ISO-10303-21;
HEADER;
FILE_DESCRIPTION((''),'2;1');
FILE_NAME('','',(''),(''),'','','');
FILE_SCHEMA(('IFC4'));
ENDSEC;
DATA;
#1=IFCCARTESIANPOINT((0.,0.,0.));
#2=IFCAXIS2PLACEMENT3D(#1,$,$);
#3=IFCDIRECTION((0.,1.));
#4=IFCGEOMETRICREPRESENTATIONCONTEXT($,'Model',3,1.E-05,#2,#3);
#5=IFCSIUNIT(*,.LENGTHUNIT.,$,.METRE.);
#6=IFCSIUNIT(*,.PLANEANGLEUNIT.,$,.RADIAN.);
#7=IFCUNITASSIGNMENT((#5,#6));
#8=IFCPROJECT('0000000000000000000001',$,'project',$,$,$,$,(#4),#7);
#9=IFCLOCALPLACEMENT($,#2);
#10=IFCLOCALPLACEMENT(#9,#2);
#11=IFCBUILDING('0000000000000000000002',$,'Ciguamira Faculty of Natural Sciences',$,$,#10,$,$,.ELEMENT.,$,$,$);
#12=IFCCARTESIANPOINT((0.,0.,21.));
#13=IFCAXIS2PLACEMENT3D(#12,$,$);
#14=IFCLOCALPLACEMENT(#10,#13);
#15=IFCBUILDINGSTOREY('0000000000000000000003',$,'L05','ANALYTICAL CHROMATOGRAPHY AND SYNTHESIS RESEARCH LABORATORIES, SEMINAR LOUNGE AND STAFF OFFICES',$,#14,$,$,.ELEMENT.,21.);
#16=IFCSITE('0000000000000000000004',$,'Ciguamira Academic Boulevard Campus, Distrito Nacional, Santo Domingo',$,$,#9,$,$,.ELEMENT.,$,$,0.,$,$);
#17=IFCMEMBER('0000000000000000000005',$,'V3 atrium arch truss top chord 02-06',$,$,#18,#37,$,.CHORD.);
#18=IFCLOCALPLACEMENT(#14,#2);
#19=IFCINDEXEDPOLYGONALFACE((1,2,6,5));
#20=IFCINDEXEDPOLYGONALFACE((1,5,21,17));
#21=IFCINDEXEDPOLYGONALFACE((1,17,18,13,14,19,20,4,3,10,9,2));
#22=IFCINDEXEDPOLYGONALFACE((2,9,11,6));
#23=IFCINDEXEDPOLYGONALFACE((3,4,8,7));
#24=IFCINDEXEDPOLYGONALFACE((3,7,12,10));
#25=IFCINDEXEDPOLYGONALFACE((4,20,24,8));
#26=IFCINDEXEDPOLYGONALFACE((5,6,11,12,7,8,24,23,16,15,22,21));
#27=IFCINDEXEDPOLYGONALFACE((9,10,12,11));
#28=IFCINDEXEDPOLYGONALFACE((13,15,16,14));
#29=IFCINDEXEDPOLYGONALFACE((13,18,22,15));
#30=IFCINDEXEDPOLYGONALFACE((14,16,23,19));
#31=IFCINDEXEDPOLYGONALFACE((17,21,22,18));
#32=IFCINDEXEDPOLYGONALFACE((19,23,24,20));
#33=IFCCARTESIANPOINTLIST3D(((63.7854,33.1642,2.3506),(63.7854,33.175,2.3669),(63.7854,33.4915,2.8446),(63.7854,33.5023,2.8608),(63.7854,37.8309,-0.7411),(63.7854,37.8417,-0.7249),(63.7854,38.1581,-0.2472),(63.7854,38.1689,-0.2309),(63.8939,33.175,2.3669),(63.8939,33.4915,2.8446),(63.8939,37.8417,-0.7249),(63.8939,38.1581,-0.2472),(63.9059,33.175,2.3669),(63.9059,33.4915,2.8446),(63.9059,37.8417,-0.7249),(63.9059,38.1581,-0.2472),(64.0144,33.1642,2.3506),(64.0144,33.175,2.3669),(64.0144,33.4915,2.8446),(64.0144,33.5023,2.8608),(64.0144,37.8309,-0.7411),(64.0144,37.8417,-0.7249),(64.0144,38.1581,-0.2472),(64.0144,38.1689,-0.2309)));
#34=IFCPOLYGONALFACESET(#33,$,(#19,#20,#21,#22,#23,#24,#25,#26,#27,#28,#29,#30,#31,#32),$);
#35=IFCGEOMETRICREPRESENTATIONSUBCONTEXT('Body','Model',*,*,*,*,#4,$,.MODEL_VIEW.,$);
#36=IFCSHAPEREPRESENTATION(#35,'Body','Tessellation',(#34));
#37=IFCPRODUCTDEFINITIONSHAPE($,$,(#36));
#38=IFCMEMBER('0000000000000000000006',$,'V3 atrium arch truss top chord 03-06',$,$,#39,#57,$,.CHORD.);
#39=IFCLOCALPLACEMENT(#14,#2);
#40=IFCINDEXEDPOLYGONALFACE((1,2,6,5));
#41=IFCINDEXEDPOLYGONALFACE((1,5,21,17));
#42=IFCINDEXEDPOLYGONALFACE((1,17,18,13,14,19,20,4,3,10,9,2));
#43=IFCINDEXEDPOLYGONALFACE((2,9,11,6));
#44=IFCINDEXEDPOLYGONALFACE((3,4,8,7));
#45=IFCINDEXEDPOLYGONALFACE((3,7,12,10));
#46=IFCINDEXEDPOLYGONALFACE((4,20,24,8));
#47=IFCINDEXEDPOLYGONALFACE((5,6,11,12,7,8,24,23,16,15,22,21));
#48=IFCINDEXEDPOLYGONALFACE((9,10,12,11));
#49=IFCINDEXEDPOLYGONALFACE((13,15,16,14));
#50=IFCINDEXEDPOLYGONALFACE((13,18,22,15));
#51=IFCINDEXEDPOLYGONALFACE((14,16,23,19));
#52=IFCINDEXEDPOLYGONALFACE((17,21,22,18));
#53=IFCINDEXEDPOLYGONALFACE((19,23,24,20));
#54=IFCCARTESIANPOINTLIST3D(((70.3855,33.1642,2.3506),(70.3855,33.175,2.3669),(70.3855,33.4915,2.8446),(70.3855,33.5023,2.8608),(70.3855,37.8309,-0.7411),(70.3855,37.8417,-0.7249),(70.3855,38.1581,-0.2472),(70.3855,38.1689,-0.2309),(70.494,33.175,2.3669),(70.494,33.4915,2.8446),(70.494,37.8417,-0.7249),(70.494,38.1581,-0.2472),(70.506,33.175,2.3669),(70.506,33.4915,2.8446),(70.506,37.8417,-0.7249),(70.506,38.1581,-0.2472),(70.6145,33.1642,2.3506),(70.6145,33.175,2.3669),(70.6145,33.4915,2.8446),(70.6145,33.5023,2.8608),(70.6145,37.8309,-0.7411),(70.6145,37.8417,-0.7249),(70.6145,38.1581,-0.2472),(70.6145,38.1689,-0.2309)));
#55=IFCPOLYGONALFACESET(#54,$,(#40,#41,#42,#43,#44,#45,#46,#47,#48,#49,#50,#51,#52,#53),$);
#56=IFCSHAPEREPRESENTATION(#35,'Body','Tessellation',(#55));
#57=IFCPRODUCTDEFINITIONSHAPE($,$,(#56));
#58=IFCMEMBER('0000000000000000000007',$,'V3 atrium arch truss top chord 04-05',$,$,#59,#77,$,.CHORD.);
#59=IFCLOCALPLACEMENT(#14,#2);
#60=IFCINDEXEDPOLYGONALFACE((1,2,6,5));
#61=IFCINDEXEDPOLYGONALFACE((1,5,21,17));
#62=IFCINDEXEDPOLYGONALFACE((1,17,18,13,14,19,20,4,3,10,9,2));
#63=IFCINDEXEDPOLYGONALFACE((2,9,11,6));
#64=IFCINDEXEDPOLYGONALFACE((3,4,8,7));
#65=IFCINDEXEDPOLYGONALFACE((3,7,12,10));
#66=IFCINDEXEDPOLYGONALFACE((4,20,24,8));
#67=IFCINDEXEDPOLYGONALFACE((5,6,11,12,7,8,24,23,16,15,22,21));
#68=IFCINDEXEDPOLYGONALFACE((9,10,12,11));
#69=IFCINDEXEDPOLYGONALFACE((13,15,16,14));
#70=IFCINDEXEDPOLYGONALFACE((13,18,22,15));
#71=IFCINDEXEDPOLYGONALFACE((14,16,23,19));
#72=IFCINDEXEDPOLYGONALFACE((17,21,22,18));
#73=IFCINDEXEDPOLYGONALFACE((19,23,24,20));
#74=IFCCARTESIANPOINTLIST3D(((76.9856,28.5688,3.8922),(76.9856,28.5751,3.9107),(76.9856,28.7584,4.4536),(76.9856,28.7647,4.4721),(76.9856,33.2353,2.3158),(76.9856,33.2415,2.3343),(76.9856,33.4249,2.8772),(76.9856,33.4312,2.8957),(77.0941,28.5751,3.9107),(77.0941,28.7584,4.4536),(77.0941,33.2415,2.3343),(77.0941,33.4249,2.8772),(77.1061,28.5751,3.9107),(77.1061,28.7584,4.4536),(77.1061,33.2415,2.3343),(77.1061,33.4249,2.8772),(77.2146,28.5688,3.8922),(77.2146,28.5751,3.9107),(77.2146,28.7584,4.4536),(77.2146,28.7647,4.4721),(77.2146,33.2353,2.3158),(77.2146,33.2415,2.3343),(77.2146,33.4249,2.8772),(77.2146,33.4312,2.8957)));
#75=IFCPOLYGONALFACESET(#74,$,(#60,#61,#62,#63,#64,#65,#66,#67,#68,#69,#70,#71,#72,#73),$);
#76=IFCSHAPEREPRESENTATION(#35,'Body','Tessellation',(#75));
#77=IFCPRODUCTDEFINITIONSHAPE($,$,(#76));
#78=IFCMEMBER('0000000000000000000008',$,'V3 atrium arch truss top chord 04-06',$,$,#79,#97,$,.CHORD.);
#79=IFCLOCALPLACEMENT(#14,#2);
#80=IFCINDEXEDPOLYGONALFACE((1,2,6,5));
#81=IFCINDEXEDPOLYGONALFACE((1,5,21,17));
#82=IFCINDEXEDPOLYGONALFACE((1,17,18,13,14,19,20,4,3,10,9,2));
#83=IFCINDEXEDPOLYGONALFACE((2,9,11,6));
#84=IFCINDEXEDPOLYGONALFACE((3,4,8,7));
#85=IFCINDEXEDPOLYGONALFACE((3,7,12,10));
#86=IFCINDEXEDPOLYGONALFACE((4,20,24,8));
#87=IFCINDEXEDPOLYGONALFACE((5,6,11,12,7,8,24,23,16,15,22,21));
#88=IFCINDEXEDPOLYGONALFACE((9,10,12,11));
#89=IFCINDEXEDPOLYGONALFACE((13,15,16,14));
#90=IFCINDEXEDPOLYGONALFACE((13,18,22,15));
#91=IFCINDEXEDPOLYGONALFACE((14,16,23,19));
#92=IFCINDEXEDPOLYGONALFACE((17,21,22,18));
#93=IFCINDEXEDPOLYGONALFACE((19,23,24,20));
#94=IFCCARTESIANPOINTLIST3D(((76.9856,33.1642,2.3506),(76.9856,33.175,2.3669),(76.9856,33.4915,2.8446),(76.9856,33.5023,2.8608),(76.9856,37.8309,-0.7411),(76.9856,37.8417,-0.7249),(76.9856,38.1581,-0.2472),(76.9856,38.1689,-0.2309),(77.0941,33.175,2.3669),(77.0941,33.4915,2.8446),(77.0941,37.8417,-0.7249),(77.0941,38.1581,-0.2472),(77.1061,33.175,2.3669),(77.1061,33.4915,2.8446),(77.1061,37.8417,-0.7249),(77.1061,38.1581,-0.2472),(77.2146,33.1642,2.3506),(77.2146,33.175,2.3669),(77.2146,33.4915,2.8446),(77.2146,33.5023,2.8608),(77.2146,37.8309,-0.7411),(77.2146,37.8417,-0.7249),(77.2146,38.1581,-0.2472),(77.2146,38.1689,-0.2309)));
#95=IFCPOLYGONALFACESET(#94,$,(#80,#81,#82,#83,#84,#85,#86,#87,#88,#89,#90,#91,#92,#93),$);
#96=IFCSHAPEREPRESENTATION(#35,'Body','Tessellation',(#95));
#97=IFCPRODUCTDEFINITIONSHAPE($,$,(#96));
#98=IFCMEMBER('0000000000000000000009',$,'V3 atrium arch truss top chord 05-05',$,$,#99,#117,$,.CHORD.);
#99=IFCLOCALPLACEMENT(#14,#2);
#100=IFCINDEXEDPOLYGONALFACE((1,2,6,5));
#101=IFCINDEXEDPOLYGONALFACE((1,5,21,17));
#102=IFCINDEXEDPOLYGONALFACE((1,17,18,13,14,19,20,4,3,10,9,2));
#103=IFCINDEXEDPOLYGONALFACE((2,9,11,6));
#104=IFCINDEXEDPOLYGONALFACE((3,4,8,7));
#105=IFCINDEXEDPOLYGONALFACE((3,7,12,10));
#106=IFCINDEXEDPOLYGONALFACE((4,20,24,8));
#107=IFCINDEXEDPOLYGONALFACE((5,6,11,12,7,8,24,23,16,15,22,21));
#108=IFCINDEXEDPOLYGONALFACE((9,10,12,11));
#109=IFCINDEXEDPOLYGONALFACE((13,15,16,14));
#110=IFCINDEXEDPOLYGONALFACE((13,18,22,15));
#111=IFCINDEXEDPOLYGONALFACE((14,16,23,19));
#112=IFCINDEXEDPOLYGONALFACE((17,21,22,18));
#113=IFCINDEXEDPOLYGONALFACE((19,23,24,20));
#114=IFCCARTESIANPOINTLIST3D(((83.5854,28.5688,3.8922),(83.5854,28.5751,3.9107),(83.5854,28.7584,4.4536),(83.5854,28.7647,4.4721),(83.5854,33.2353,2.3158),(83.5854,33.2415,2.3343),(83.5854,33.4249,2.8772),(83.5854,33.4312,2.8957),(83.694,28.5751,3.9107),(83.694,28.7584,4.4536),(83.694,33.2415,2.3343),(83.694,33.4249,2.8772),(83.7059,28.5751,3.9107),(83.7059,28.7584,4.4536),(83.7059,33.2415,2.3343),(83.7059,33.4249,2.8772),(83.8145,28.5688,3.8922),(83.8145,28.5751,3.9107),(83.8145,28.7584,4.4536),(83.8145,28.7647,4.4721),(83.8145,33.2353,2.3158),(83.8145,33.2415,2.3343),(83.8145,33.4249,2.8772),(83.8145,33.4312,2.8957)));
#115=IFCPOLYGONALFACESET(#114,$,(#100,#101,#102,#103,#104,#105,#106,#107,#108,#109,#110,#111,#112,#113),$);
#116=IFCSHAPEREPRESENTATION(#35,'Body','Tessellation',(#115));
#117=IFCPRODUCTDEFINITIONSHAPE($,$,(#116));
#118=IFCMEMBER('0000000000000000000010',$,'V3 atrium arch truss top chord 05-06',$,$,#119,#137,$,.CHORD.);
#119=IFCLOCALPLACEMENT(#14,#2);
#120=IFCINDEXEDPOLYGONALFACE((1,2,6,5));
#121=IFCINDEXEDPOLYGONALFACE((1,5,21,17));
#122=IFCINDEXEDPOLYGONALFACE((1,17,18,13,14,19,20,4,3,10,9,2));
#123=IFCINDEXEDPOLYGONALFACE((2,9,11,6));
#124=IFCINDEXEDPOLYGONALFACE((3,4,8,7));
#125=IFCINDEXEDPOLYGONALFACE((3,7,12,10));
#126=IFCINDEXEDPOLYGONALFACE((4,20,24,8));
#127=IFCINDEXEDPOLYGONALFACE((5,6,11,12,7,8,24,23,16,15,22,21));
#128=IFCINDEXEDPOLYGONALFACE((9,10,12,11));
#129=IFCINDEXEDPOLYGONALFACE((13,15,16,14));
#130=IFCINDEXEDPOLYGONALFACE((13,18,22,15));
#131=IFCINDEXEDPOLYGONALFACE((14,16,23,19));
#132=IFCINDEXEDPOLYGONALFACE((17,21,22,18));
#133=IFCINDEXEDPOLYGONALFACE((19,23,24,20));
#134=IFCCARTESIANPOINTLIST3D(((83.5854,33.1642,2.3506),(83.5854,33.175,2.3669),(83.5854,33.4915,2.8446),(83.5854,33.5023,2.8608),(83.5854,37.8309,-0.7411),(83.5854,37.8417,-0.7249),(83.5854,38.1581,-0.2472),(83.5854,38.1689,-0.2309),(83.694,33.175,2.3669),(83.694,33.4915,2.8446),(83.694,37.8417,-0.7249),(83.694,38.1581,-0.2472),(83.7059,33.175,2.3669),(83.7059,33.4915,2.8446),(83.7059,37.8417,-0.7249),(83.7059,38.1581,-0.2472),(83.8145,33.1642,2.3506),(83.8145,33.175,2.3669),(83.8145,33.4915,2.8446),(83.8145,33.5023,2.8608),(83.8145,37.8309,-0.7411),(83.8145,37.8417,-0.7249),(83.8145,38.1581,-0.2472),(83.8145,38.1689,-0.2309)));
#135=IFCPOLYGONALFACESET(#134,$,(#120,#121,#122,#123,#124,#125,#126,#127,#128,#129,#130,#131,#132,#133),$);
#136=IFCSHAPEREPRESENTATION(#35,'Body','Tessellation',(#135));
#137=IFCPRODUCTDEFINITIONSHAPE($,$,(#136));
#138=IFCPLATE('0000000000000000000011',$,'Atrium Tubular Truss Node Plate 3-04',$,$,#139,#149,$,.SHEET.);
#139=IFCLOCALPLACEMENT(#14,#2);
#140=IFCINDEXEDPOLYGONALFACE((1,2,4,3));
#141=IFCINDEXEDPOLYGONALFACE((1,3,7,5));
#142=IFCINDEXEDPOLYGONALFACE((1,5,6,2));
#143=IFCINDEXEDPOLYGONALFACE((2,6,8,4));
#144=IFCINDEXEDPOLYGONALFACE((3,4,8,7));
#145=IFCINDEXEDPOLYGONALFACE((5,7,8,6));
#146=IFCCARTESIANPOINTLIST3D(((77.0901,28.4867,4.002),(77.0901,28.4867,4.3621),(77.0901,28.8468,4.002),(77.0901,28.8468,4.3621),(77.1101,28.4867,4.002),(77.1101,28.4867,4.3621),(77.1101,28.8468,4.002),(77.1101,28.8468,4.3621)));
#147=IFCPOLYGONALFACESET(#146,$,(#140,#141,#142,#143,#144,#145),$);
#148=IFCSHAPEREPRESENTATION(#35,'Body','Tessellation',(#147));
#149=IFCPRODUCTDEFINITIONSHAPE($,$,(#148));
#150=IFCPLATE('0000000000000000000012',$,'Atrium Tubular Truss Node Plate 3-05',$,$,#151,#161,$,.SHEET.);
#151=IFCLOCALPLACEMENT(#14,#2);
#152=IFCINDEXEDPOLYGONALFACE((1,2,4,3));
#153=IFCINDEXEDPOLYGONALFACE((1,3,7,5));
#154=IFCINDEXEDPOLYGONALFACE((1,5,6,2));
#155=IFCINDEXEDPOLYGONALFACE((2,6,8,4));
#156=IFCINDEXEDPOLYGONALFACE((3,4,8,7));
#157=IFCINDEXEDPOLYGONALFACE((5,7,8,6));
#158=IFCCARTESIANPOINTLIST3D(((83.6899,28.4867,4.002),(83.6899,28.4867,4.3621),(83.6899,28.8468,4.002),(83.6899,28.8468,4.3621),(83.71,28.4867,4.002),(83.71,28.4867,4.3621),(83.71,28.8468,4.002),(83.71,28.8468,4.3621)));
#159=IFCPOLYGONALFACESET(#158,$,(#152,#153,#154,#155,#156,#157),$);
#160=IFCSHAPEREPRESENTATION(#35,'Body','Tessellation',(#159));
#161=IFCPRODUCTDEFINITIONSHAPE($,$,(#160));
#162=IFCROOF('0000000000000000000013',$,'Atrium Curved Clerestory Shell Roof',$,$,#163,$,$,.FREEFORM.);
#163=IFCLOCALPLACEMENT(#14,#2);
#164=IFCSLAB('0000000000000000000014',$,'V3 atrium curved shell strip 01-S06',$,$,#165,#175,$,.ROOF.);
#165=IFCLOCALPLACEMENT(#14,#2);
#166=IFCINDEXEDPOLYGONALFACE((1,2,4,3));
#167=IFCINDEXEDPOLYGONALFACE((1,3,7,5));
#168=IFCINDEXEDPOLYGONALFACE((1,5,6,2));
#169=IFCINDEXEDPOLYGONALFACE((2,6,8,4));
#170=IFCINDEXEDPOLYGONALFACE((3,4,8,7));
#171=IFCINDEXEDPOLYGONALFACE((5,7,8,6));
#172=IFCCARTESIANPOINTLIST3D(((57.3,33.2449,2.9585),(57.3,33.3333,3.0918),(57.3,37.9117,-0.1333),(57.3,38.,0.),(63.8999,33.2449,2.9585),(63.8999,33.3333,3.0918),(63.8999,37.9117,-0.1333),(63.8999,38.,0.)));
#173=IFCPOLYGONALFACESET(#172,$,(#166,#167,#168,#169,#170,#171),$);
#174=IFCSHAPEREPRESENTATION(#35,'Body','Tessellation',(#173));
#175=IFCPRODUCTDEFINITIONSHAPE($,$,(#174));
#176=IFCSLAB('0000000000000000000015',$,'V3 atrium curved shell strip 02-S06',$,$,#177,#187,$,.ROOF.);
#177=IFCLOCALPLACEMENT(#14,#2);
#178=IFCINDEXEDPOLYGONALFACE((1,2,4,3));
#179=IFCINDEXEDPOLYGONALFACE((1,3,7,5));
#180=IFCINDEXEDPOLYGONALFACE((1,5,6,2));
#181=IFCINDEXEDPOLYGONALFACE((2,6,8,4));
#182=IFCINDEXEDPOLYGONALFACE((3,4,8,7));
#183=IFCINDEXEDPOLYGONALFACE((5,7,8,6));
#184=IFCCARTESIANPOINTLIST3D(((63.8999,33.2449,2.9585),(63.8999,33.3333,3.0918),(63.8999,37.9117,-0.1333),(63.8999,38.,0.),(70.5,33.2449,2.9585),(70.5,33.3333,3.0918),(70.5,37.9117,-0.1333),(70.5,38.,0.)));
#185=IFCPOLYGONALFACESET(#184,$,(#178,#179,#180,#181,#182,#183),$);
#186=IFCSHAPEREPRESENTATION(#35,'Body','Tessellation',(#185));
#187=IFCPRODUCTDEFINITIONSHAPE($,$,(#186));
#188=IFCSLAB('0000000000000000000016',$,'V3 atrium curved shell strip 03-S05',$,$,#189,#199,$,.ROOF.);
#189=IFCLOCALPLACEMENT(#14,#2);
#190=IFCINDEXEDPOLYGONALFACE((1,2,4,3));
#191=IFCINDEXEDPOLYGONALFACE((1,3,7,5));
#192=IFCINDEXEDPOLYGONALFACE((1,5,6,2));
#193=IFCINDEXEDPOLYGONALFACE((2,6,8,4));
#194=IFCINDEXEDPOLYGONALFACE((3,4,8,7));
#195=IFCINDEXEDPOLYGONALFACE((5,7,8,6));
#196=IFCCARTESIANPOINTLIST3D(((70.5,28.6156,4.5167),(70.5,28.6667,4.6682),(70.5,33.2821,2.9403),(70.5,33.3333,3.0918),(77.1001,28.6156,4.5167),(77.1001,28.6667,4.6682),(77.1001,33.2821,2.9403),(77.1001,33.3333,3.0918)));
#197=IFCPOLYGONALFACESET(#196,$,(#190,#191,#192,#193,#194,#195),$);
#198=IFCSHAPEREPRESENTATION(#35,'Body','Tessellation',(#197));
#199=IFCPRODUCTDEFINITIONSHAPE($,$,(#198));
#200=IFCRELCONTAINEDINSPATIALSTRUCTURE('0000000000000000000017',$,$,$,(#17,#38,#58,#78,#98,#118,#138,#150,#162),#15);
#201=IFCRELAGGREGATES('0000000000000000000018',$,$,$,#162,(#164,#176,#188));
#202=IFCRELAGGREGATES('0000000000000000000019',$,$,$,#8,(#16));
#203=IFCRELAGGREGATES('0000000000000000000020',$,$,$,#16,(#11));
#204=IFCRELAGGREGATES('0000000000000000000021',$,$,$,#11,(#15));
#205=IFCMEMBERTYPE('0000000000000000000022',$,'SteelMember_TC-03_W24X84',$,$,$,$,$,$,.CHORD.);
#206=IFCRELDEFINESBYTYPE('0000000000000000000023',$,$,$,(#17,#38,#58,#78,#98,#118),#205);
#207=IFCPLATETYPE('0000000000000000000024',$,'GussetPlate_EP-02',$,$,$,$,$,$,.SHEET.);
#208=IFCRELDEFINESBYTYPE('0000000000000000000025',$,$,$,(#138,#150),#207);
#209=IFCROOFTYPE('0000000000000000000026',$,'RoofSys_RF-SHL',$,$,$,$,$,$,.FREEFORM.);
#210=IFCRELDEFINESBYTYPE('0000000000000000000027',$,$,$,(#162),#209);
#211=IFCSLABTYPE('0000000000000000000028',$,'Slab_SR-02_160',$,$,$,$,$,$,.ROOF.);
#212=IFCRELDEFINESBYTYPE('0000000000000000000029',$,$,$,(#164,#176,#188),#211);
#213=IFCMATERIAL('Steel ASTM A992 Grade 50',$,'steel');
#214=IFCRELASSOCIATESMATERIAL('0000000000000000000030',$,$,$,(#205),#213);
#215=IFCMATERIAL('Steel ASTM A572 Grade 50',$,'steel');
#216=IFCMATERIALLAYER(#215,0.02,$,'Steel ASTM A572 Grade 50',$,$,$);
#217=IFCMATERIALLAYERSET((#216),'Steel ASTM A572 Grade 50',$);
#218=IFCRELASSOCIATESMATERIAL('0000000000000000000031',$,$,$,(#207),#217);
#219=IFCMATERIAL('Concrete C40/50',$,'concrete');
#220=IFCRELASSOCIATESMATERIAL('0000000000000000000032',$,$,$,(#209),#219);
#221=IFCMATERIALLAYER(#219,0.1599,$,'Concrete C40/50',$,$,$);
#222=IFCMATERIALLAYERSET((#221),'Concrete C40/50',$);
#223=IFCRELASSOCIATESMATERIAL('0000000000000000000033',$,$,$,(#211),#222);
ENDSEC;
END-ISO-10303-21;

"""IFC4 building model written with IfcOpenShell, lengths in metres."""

from ifc_helpers import new_model, si_unit, direction, frame, origin, origin_2d, place, context, subcontext, project, spatial, polyline, rectangle, i_section, outline, extrude, material, layer, layer_set, material_profile, profile_set, type_object, element, aggregate, save


model = new_model("IFC4")

# Units and contexts
model_context = context("Model", 3, precision=1e-05, world=origin(), true_north=direction((0.0, 1.0)))
body_context = subcontext(model_context, "Body", "Model", "MODEL_VIEW")
ifc_project = project(units=[si_unit("LENGTHUNIT", "METRE"), si_unit("PLANEANGLEUNIT", "RADIAN")], contexts=[model_context])

# Site, building, storey
site_placement = place(None, origin())
site = spatial("IfcSite", under=ifc_project, at=site_placement, Name="Ciguamira Academic Boulevard Campus, Distrito Nacional, Santo Domingo", CompositionType="ELEMENT", RefElevation=0.0)
building_placement = place(site_placement, origin())
building = spatial("IfcBuilding", under=site, at=building_placement, Name="Ciguamira Faculty of Natural Sciences", CompositionType="ELEMENT")
storey_placement = place(building_placement, frame((0.0, 0.0, 21.0)))
storey = spatial("IfcBuildingStorey", under=building, at=storey_placement, Name="L05", Description="ANALYTICAL CHROMATOGRAPHY AND SYNTHESIS RESEARCH LABORATORIES, SEMINAR LOUNGE AND STAFF OFFICES", CompositionType="ELEMENT", Elevation=21.0)

# Shared definitions
ifc_material_1 = material(Name="Steel ASTM A992 Grade 50", Category="steel")

# Members
ifc_material_profile_1 = material_profile(ifc_material_1, i_section(OverallWidth=0.229, OverallDepth=0.6121, WebThickness=0.012, FlangeThickness=0.0195, at=origin_2d()), Name="W24X84")
ifc_profile_set_1 = profile_set([ifc_material_profile_1], Name="Steel ASTM A992 Grade 50")
member_type_1 = type_object("IfcMemberType", Name="SteelMember_TC-03_W24X84", PredefinedType="CHORD", material=ifc_profile_set_1)
for number, where, z_axis, x_axis, name in (
    (1, (63.8999, 33.3333, 2.6057), (0.0, 0.833644, -0.552303), (-1.0, 0.0, 0.0), "V3 atrium arch truss top chord 02-06"),
    (2, (70.5, 33.3333, 2.6057), (0.0, 0.833644, -0.552303), (-1.0, 0.0, 0.0), "V3 atrium arch truss top chord 03-06"),
):
    element("IfcMember", number, at=place(storey_placement, frame(where, z_axis=z_axis, x_axis=x_axis)), inside=storey, type_object=member_type_1, Name=name, PredefinedType="CHORD", context=body_context, shape_type="SweptSolid", body=[
        extrude(i_section(OverallWidth=0.229, OverallDepth=0.6121, WebThickness=0.012, FlangeThickness=0.0195, at=origin_2d()), origin(), (0.0, 0.0, 1.0), 5.5979),
    ])
member_1_placement = place(storey_placement, frame((77.1001, 28.6667, 4.1821), z_axis=(0.0, 0.947402, -0.320047), x_axis=(-1.0, 0.0, 0.0)))
element("IfcMember", 3, at=member_1_placement, inside=storey, type_object=member_type_1, Name="V3 atrium arch truss top chord 04-05", PredefinedType="CHORD", context=body_context, shape_type="SweptSolid", body=[
    extrude(i_section(OverallWidth=0.229, OverallDepth=0.6121, WebThickness=0.012, FlangeThickness=0.0195, at=origin_2d()), origin(), (0.0, 0.0, 1.0), 4.9255),
])
member_2_placement = place(storey_placement, frame((77.1001, 33.3333, 2.6057), z_axis=(0.0, 0.833644, -0.552303), x_axis=(-1.0, 0.0, 0.0)))
element("IfcMember", 4, at=member_2_placement, inside=storey, type_object=member_type_1, Name="V3 atrium arch truss top chord 04-06", PredefinedType="CHORD", context=body_context, shape_type="SweptSolid", body=[
    extrude(i_section(OverallWidth=0.229, OverallDepth=0.6121, WebThickness=0.012, FlangeThickness=0.0195, at=origin_2d()), origin(), (0.0, 0.0, 1.0), 5.5979),
])
member_3_placement = place(storey_placement, frame((83.7, 28.6667, 4.1821), z_axis=(0.0, 0.947402, -0.320047), x_axis=(-1.0, 0.0, 0.0)))
element("IfcMember", 5, at=member_3_placement, inside=storey, type_object=member_type_1, Name="V3 atrium arch truss top chord 05-05", PredefinedType="CHORD", context=body_context, shape_type="SweptSolid", body=[
    extrude(i_section(OverallWidth=0.229, OverallDepth=0.6121, WebThickness=0.012, FlangeThickness=0.0195, at=origin_2d()), origin(), (0.0, 0.0, 1.0), 4.9255),
])
member_4_placement = place(storey_placement, frame((83.7, 33.3333, 2.6057), z_axis=(0.0, 0.833644, -0.552303), x_axis=(-1.0, 0.0, 0.0)))
element("IfcMember", 6, at=member_4_placement, inside=storey, type_object=member_type_1, Name="V3 atrium arch truss top chord 05-06", PredefinedType="CHORD", context=body_context, shape_type="SweptSolid", body=[
    extrude(i_section(OverallWidth=0.229, OverallDepth=0.6121, WebThickness=0.012, FlangeThickness=0.0195, at=origin_2d()), origin(), (0.0, 0.0, 1.0), 5.5979),
])

# Plates
ifc_material_2 = material(Name="Steel ASTM A572 Grade 50", Category="steel")
ifc_layer_1 = layer(ifc_material_2, 0.02, Name="Steel ASTM A572 Grade 50")
ifc_layer_set_1 = layer_set([ifc_layer_1], Name="Steel ASTM A572 Grade 50")
plate_type = type_object("IfcPlateType", Name="GussetPlate_EP-02", PredefinedType="SHEET", material=ifc_layer_set_1)
for number, where, z_axis, x_axis, name in (
    (7, (77.1001, 28.6667, 4.002), (0.0, 0.0, 1.0), (1.0, 0.0, 0.0), "Atrium Tubular Truss Node Plate 3-04"),
    (8, (83.7, 28.6667, 4.002), (0.0, 0.0, 1.0), (1.0, 0.0, 0.0), "Atrium Tubular Truss Node Plate 3-05"),
):
    element("IfcPlate", number, at=place(storey_placement, frame(where, z_axis=z_axis, x_axis=x_axis)), inside=storey, type_object=plate_type, Name=name, PredefinedType="SHEET", context=body_context, shape_type="SweptSolid", body=[
        extrude(rectangle(XDim=0.02, YDim=0.3601, at=origin_2d()), origin(), (0.0, 0.0, 1.0), 0.3601),
    ])

# Roof, slabs
ifc_material_3 = material(Name="Concrete C40/50", Category="concrete")
roof_type = type_object("IfcRoofType", Name="RoofSys_RF-SHL", PredefinedType="FREEFORM", material=ifc_material_3)
roof_placement = place(storey_placement, origin())
roof = element("IfcRoof", 9, at=roof_placement, inside=storey, type_object=roof_type, Name="Atrium Curved Clerestory Shell Roof", PredefinedType="FREEFORM")
ifc_layer_2 = layer(ifc_material_3, 0.1599, Name="Concrete C40/50")
ifc_layer_set_2 = layer_set([ifc_layer_2], Name="Concrete C40/50")
slab_type = type_object("IfcSlabType", Name="Slab_SR-02_160", PredefinedType="ROOF", material=ifc_layer_set_2)
slab_1_placement = place(storey_placement, frame((57.3, 33.3333, 3.0918), z_axis=(0.0, 0.552303, 0.833644), x_axis=(1.0, 0.0, 0.0)))
slab_1 = element("IfcSlab", 10, at=slab_1_placement, type_object=slab_type, Name="V3 atrium curved shell strip 01-S06", PredefinedType="ROOF", context=body_context, shape_type="SweptSolid", body=[
    extrude(outline(polyline([(0.0, 0.0), (6.5999, 0.0), (6.5999, 5.598), (0.0, 5.598), (0.0, 0.0)])), origin(), (0.0, 0.0, -1.0), 0.1599),
])
slab_2_placement = place(storey_placement, frame((63.8999, 33.3333, 3.0918), z_axis=(0.0, 0.552303, 0.833644), x_axis=(1.0, 0.0, 0.0)))
slab_2 = element("IfcSlab", 11, at=slab_2_placement, type_object=slab_type, Name="V3 atrium curved shell strip 02-S06", PredefinedType="ROOF", context=body_context, shape_type="SweptSolid", body=[
    extrude(outline(polyline([(0.0, 0.0), (6.6001, 0.0), (6.6001, 5.598), (0.0, 5.598), (0.0, 0.0)])), origin(), (0.0, 0.0, -1.0), 0.1599),
])
slab_3_placement = place(storey_placement, frame((70.5, 28.6667, 4.6682), z_axis=(0.0, 0.320047, 0.947402), x_axis=(1.0, 0.0, 0.0)))
slab_3 = element("IfcSlab", 12, at=slab_3_placement, type_object=slab_type, Name="V3 atrium curved shell strip 03-S05", PredefinedType="ROOF", context=body_context, shape_type="SweptSolid", body=[
    extrude(outline(polyline([(0.0, 0.0), (6.6001, 0.0), (6.6001, 4.9256), (0.0, 4.9256), (0.0, 0.0)])), origin(), (0.0, 0.0, -1.0), 0.1599),
])
aggregate(roof, [slab_1, slab_2, slab_3])

save(model, "model.ifc")
